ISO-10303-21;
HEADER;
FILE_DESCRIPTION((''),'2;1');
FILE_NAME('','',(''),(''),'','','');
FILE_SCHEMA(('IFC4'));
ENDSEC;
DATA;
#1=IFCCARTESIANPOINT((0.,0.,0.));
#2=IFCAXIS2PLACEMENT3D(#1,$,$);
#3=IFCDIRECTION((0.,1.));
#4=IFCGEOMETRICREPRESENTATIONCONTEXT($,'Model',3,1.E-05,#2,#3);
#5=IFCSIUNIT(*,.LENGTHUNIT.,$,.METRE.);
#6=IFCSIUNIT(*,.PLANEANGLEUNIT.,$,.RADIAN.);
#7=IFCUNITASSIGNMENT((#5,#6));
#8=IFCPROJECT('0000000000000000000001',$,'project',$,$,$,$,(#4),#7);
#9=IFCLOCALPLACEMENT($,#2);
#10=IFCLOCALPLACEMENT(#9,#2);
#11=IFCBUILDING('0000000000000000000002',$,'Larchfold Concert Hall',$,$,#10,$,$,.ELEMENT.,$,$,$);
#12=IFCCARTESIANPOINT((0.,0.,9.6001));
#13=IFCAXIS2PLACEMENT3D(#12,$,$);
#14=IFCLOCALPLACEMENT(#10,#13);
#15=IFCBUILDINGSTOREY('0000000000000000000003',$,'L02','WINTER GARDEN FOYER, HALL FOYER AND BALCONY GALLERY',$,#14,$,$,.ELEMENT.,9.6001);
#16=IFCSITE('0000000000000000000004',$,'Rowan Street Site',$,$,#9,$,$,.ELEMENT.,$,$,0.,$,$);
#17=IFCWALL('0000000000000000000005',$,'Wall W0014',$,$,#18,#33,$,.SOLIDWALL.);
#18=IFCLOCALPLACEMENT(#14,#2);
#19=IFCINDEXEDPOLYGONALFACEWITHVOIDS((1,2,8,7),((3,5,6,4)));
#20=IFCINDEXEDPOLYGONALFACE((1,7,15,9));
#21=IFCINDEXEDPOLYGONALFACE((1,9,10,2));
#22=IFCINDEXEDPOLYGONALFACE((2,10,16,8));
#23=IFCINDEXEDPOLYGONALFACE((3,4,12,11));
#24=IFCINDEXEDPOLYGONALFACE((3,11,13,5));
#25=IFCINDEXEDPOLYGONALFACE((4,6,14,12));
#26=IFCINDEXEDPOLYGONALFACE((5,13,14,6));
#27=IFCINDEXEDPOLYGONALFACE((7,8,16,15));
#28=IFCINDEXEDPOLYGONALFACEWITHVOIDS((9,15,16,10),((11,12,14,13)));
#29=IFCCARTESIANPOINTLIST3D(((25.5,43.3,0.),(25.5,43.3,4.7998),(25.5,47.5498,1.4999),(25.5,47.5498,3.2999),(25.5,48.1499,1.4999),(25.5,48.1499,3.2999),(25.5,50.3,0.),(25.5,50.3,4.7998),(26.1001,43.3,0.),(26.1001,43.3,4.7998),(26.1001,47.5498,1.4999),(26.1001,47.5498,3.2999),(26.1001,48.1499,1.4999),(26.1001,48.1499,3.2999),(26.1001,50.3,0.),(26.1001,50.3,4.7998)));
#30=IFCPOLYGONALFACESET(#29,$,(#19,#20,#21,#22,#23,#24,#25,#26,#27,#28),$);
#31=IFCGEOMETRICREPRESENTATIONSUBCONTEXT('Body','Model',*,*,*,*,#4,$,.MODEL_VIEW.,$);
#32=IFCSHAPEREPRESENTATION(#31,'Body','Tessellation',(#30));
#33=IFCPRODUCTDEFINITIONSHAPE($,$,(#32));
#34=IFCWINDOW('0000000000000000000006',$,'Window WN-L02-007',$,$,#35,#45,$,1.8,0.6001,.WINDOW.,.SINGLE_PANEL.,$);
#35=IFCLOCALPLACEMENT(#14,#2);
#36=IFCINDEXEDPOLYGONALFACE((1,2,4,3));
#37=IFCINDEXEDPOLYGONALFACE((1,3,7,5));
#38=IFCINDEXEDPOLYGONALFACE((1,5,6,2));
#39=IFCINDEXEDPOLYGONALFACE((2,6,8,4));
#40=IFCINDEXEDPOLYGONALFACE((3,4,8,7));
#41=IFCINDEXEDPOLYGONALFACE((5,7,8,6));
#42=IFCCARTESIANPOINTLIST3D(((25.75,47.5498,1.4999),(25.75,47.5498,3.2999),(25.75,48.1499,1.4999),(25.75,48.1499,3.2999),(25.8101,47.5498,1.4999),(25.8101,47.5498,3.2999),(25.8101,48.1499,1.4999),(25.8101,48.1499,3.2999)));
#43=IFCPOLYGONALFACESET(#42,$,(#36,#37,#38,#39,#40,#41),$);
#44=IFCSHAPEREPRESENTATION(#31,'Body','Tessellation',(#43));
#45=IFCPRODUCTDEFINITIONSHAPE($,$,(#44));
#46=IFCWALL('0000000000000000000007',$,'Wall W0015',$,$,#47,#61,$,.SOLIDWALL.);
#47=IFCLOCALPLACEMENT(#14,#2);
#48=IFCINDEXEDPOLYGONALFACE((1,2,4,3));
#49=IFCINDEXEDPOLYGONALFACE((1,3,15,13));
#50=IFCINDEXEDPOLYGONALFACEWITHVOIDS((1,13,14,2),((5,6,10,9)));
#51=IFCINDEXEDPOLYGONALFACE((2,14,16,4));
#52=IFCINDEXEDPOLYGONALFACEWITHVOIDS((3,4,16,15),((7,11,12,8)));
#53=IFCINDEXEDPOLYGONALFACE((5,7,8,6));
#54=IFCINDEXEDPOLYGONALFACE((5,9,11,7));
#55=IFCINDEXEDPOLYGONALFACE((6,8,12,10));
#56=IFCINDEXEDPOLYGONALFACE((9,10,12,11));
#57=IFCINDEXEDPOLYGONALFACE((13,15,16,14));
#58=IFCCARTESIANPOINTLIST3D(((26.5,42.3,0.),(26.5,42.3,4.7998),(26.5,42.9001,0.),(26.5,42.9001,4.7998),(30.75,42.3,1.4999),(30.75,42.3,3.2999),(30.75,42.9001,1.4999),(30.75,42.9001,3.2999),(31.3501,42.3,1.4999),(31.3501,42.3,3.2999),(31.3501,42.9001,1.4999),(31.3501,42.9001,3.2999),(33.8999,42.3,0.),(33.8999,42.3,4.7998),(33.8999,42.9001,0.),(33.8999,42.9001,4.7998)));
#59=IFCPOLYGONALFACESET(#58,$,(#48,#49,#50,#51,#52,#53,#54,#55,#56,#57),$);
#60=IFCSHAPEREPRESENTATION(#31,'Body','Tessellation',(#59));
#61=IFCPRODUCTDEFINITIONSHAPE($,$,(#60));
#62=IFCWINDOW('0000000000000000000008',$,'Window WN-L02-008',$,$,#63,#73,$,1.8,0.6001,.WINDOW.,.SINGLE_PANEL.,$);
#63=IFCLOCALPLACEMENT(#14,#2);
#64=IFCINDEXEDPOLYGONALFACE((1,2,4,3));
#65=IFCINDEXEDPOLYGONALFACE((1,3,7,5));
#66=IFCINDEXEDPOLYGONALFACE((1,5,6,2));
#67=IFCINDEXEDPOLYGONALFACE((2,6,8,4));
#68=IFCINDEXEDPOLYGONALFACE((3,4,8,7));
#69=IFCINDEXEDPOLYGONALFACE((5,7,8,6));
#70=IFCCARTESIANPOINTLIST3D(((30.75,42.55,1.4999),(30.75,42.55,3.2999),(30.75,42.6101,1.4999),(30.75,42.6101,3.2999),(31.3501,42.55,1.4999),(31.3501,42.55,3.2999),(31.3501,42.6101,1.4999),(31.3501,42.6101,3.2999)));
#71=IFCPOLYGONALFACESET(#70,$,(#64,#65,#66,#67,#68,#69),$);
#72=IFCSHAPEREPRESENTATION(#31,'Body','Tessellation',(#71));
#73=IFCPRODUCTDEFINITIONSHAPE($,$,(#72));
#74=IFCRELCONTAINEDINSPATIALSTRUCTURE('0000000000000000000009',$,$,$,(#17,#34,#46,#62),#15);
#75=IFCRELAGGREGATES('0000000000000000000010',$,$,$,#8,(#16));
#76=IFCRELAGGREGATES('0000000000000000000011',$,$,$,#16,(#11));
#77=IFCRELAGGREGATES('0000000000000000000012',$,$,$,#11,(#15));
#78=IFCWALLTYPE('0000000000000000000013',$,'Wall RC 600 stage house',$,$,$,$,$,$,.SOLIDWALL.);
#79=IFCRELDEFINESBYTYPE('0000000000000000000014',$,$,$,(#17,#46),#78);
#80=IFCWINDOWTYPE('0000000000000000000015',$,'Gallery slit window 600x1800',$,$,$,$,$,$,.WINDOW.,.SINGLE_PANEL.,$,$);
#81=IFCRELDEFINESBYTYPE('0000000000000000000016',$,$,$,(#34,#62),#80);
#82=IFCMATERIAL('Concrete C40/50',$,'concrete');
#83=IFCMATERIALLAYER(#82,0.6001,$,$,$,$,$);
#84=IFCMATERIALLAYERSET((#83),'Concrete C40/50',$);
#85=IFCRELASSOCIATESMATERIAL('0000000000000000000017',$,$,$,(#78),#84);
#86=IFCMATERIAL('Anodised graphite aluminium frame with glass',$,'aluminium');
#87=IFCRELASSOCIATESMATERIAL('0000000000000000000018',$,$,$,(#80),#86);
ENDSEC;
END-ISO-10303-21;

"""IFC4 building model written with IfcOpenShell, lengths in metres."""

from ifc_helpers import new_model, si_unit, direction, frame, frame_2d, origin, place, context, subcontext, project, spatial, rectangle, extrude, material, layer, layer_set, type_object, element, fill, save


model = new_model("IFC4")

# Units and contexts
model_context = context("Model", 3, precision=1e-05, world=origin(), true_north=direction((0.0, 1.0)))
body_context = subcontext(model_context, "Body", "Model", "MODEL_VIEW")
ifc_project = project(units=[si_unit("LENGTHUNIT", "METRE"), si_unit("PLANEANGLEUNIT", "RADIAN")], contexts=[model_context])

# Site, building, storey
site_placement = place(None, origin())
site = spatial("IfcSite", under=ifc_project, at=site_placement, Name="Rowan Street Site", CompositionType="ELEMENT", RefElevation=0.0)
building_placement = place(site_placement, origin())
building = spatial("IfcBuilding", under=site, at=building_placement, Name="Larchfold Concert Hall", CompositionType="ELEMENT")
storey_placement = place(building_placement, frame((0.0, 0.0, 9.6001)))
storey = spatial("IfcBuildingStorey", under=building, at=storey_placement, Name="L02", Description="WINTER GARDEN FOYER, HALL FOYER AND BALCONY GALLERY", CompositionType="ELEMENT", Elevation=9.6001)

# Walls, openings, windows
ifc_material_1 = material(Name="Concrete C40/50", Category="concrete")
ifc_layer_1 = layer(ifc_material_1, 0.6001)
ifc_layer_set_1 = layer_set([ifc_layer_1], Name="Concrete C40/50")
wall_type_1 = type_object("IfcWallType", Name="Wall RC 600 stage house", PredefinedType="SOLIDWALL", material=ifc_layer_set_1)
wall_1_placement = place(storey_placement, frame((25.8, 50.3, 0.0), z_axis=(0.0, 0.0, 1.0), x_axis=(0.0, -1.0, 0.0)))
wall_1 = element("IfcWall", 1, at=wall_1_placement, inside=storey, type_object=wall_type_1, Name="Wall W0014", PredefinedType="SOLIDWALL", context=body_context, shape_type="SweptSolid", body=[
    extrude(rectangle(XDim=7.0, YDim=0.6001, at=frame_2d((3.5, 0.0))), origin(), (0.0, 0.0, 1.0), 4.7998),
])
opening_1_placement = place(wall_1_placement, frame((2.1501, 0.0, 1.5)))
opening_1 = element("IfcOpeningElement", 2, at=opening_1_placement, cuts=wall_1, PredefinedType="OPENING", context=body_context, shape_type="SweptSolid", body=[
    extrude(rectangle(XDim=0.6001, YDim=1.8, at=frame_2d((0.3, 0.8999))), frame((0.0, 0.3101, 0.0), z_axis=(0.0, -1.0, 0.0), x_axis=(1.0, 0.0, 0.0)), (0.0, 0.0, 1.0), 0.6201),
])
ifc_material_2 = material(Name="Anodised graphite aluminium frame with glass", Category="aluminium")
window_type = type_object("IfcWindowType", Name="Gallery slit window 600x1800", PartitioningType="SINGLE_PANEL", PredefinedType="WINDOW", material=ifc_material_2)
window_1_placement = place(opening_1_placement, origin())
window_1 = element("IfcWindow", 3, at=window_1_placement, inside=storey, type_object=window_type, Name="Window WN-L02-007", OverallHeight=1.8, OverallWidth=0.6001, PartitioningType="SINGLE_PANEL", PredefinedType="WINDOW", context=body_context, shape_type="SweptSolid", body=[
    extrude(rectangle(XDim=0.6001, YDim=1.8, at=frame_2d((0.3, 0.8999))), frame((0.0, 0.01, 0.0), z_axis=(0.0, -1.0, 0.0), x_axis=(1.0, 0.0, 0.0)), (0.0, 0.0, 1.0), 0.0601),
])
fill(opening_1, window_1)
wall_2_placement = place(storey_placement, frame((26.5, 42.6001, 0.0), z_axis=(0.0, 0.0, 1.0), x_axis=(1.0, 0.0, 0.0)))
wall_2 = element("IfcWall", 4, at=wall_2_placement, inside=storey, type_object=wall_type_1, Name="Wall W0015", PredefinedType="SOLIDWALL", context=body_context, shape_type="SweptSolid", body=[
    extrude(rectangle(XDim=7.3999, YDim=0.6001, at=frame_2d((3.7, 0.0))), origin(), (0.0, 0.0, 1.0), 4.7998),
])
opening_2_placement = place(wall_2_placement, frame((4.25, 0.0, 1.5)))
opening_2 = element("IfcOpeningElement", 5, at=opening_2_placement, cuts=wall_2, PredefinedType="OPENING", context=body_context, shape_type="SweptSolid", body=[
    extrude(rectangle(XDim=0.6001, YDim=1.8, at=frame_2d((0.3, 0.8999))), frame((0.0, 0.3101, 0.0), z_axis=(0.0, -1.0, 0.0), x_axis=(1.0, 0.0, 0.0)), (0.0, 0.0, 1.0), 0.6201),
])
window_2_placement = place(opening_2_placement, origin())
window_2 = element("IfcWindow", 6, at=window_2_placement, inside=storey, type_object=window_type, Name="Window WN-L02-008", OverallHeight=1.8, OverallWidth=0.6001, PartitioningType="SINGLE_PANEL", PredefinedType="WINDOW", context=body_context, shape_type="SweptSolid", body=[
    extrude(rectangle(XDim=0.6001, YDim=1.8, at=frame_2d((0.3, 0.8999))), frame((0.0, 0.01, 0.0), z_axis=(0.0, -1.0, 0.0), x_axis=(1.0, 0.0, 0.0)), (0.0, 0.0, 1.0), 0.0601),
])
fill(opening_2, window_2)

save(model, "model.ifc")
